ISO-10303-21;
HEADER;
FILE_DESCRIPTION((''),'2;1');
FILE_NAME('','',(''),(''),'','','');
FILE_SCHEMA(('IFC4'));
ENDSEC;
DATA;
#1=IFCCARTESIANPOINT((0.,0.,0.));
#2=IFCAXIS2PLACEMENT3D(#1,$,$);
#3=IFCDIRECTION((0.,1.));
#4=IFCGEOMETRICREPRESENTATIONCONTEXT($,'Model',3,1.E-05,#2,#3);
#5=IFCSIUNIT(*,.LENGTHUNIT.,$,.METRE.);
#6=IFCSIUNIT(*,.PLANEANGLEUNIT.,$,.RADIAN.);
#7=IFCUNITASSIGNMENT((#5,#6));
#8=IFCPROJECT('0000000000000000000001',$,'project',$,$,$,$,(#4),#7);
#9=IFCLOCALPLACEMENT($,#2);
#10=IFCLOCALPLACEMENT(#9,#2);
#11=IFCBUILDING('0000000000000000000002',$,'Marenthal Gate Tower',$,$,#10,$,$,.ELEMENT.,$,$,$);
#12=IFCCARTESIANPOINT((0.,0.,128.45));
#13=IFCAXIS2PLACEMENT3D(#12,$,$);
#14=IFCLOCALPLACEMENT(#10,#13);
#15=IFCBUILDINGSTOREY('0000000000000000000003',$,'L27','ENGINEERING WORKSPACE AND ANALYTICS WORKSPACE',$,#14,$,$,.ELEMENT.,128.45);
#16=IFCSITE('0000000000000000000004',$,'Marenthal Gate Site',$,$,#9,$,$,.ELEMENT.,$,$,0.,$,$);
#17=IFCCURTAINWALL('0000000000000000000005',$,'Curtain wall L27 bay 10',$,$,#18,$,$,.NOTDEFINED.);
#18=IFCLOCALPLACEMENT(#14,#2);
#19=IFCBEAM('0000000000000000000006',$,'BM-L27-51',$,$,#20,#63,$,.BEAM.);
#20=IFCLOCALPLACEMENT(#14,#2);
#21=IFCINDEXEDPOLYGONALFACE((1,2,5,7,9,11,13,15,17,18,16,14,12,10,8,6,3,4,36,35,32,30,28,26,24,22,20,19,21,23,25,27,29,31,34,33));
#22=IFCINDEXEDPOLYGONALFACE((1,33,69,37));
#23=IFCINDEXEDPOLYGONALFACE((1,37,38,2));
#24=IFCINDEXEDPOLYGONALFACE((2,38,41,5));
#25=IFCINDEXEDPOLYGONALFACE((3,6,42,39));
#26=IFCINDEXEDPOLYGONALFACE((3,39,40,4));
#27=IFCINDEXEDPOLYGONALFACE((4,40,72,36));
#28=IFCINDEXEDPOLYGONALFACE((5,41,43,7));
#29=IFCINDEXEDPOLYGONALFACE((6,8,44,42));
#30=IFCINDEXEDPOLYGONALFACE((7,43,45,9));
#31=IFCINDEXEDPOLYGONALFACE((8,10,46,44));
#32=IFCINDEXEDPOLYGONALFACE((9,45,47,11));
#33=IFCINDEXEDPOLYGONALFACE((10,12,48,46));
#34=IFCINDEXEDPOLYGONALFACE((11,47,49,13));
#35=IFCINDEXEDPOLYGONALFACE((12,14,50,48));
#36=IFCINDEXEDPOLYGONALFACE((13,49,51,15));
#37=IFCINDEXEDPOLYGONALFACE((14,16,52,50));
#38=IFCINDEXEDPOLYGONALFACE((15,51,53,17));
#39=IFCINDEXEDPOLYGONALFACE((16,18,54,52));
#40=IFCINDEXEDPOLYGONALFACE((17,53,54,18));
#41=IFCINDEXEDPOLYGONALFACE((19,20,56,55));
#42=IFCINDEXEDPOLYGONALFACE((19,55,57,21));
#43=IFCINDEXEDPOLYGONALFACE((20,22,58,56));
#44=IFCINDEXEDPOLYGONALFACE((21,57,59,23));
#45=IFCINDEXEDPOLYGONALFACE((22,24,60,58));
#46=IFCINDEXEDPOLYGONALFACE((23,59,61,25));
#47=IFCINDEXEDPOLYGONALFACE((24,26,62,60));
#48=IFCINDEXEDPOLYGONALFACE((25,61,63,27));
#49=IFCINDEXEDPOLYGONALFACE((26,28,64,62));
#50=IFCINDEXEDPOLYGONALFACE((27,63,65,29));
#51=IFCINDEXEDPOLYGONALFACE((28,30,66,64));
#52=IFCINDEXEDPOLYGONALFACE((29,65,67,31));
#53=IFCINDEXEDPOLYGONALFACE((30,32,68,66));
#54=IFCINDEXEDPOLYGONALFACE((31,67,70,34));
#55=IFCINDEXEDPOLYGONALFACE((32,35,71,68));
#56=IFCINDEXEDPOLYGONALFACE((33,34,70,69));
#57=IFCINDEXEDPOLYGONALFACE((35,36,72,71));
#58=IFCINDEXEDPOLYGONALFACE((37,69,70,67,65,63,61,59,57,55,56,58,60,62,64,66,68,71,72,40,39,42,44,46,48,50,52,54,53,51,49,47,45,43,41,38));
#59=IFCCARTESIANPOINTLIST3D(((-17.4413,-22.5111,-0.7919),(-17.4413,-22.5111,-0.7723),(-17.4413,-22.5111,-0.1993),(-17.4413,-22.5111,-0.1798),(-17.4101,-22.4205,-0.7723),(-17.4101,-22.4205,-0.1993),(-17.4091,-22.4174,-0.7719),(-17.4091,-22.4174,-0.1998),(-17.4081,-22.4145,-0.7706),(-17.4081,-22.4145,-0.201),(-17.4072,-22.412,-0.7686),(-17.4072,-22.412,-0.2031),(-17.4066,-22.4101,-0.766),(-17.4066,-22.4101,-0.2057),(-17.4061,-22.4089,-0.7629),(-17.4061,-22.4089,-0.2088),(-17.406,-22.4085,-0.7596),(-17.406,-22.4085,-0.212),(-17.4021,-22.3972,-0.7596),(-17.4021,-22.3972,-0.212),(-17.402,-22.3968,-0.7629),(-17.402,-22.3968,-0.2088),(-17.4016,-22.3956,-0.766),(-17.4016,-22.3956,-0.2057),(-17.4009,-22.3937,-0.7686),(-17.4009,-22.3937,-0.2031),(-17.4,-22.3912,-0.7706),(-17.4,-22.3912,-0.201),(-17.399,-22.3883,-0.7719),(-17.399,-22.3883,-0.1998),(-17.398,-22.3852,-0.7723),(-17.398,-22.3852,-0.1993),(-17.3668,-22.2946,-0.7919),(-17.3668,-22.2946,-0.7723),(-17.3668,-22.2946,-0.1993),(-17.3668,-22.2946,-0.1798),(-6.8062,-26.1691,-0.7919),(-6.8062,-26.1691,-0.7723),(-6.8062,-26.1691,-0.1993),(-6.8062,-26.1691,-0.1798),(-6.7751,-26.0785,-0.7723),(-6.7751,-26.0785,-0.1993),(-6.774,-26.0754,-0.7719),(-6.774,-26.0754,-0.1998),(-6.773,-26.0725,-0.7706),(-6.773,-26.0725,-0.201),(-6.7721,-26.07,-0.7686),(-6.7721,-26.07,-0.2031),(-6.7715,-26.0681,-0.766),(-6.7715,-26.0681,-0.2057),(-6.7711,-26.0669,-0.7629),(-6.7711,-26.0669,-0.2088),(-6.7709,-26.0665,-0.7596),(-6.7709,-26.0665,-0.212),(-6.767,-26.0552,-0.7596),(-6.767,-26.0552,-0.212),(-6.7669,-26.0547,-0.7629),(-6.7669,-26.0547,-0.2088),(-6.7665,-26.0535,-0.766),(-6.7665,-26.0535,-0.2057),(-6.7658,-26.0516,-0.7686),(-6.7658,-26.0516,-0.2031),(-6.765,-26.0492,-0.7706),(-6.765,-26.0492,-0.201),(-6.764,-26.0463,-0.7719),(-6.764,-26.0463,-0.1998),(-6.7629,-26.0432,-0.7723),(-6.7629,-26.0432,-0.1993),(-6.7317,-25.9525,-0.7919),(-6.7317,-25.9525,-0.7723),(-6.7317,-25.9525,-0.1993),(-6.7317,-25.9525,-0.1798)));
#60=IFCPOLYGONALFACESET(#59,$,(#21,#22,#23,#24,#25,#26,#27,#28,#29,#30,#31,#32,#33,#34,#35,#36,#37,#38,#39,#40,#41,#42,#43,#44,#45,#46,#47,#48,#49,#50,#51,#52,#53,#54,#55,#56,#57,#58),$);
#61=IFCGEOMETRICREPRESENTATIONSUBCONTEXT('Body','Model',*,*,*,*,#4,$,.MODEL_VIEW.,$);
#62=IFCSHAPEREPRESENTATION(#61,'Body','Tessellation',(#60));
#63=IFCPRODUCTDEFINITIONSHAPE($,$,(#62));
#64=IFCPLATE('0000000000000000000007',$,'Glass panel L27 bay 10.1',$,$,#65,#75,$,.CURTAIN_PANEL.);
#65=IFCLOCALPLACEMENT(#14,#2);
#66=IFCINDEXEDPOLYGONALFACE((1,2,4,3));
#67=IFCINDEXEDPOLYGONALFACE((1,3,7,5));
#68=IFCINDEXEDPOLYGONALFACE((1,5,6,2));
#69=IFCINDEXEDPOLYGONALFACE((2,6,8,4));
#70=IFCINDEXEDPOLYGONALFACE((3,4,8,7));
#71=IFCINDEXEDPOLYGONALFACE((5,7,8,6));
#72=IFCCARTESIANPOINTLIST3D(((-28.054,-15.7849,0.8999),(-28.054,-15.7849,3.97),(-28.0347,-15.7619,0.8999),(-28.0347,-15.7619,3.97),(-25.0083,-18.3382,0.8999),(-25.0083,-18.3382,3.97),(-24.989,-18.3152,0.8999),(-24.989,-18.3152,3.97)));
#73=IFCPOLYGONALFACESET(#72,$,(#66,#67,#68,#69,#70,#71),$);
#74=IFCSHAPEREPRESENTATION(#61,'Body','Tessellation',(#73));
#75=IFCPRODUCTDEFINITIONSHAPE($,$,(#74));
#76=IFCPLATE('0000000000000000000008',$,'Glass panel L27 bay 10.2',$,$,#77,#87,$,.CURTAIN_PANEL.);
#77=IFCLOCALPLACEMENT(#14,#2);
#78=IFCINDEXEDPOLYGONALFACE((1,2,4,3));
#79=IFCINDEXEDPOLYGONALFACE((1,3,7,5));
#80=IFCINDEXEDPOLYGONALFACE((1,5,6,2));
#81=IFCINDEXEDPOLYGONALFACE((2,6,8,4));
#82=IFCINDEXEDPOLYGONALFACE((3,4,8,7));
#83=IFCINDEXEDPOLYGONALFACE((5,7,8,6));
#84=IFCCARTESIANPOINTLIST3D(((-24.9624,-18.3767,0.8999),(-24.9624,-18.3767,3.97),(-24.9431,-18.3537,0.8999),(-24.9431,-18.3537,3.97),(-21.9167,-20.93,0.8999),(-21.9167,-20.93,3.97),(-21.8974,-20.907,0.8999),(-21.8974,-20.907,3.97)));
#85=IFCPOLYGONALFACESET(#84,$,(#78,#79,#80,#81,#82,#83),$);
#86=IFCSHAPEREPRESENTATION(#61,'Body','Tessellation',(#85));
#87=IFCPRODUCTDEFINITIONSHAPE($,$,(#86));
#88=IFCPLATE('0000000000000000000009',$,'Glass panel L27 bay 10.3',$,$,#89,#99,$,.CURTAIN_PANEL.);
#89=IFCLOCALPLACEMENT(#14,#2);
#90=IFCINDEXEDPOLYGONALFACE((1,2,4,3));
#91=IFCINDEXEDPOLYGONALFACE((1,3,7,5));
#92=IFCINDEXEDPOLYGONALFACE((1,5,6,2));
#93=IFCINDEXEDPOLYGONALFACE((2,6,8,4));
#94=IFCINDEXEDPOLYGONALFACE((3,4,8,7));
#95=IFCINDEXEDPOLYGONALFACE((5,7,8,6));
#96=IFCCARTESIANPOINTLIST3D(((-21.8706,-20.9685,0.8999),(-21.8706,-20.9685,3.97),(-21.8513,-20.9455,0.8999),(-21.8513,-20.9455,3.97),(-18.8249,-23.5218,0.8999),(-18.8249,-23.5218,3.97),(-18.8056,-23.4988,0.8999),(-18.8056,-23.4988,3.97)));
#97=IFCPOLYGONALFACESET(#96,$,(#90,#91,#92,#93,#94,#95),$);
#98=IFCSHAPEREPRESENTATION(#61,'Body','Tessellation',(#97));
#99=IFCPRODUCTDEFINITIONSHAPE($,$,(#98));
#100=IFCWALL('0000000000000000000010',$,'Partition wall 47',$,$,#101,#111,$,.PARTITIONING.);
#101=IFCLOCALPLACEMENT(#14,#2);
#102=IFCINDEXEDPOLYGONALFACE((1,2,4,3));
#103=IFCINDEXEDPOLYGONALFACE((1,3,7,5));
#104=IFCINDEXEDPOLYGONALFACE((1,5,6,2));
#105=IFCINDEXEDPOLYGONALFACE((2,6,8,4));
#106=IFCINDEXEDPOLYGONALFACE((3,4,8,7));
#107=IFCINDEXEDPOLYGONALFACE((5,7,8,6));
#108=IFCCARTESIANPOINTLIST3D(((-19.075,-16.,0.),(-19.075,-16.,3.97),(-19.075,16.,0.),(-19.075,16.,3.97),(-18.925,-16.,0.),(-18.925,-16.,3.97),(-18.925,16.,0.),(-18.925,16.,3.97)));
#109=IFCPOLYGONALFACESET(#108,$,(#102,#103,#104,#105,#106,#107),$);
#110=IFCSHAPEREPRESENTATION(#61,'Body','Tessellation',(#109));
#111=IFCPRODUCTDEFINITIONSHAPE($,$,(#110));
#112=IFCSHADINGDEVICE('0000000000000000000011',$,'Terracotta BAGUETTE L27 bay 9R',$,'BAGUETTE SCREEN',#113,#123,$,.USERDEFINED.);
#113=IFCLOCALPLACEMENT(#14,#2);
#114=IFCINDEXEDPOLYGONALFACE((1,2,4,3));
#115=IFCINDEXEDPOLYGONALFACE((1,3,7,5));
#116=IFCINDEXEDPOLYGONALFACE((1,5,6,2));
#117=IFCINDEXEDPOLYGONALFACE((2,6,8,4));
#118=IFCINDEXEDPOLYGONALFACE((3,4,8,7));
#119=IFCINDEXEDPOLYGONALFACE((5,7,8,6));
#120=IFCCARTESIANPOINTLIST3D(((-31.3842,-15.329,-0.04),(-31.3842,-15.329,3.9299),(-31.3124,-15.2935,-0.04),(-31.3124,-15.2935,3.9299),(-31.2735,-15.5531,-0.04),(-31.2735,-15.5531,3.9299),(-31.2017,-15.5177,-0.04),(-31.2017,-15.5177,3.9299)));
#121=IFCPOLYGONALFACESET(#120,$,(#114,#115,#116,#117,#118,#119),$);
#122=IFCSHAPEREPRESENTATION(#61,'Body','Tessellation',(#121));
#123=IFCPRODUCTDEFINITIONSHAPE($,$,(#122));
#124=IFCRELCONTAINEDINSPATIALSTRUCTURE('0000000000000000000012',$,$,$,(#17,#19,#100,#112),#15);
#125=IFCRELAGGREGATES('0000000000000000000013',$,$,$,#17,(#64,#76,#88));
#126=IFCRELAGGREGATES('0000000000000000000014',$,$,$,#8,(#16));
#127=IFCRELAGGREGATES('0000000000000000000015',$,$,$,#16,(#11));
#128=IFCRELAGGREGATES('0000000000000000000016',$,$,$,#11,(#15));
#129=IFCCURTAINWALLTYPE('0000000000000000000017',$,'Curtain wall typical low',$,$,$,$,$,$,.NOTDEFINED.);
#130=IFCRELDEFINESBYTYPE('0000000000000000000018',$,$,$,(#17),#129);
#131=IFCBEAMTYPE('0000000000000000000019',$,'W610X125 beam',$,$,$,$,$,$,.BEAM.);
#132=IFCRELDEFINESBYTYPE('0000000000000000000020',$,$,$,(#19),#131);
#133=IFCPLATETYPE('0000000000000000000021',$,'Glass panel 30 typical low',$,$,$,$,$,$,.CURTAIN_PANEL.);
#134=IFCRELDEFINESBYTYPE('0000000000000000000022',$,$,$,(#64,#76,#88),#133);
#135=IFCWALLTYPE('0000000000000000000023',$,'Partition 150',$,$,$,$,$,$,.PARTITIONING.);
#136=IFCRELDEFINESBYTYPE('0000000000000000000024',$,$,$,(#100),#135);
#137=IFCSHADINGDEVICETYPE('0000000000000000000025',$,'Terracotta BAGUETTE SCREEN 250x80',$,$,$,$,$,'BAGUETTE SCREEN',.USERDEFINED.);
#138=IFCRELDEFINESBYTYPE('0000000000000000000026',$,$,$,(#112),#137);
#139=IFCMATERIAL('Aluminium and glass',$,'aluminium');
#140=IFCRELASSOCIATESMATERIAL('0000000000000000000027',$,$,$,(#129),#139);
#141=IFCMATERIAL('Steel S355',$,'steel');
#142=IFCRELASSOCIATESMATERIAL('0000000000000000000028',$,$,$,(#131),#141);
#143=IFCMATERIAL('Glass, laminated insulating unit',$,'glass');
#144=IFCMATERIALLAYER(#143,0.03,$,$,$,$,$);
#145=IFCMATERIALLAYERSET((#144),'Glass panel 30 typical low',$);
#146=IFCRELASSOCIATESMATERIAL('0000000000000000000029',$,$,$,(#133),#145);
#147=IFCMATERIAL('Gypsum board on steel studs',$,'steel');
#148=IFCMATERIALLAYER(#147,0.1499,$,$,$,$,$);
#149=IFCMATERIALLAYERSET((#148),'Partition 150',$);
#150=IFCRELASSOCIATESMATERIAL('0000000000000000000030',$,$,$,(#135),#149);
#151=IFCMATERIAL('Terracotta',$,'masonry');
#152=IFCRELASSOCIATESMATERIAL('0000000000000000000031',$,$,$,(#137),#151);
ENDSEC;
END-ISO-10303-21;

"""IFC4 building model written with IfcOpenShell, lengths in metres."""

from ifc_helpers import new_model, si_unit, direction, frame, frame_2d, origin, origin_2d, place, context, subcontext, project, spatial, rectangle, i_section, extrude, material, layer, layer_set, material_profile, profile_set, type_object, element, aggregate, save


model = new_model("IFC4")

# Units and contexts
model_context = context("Model", 3, precision=1e-05, world=origin(), true_north=direction((0.0, 1.0)))
body_context = subcontext(model_context, "Body", "Model", "MODEL_VIEW")
ifc_project = project(units=[si_unit("LENGTHUNIT", "METRE"), si_unit("PLANEANGLEUNIT", "RADIAN")], contexts=[model_context])

# Site, building, storey
site_placement = place(None, origin())
site = spatial("IfcSite", under=ifc_project, at=site_placement, Name="Marenthal Gate Site", CompositionType="ELEMENT", RefElevation=0.0)
building_placement = place(site_placement, origin())
building = spatial("IfcBuilding", under=site, at=building_placement, Name="Marenthal Gate Tower", CompositionType="ELEMENT")
storey_placement = place(building_placement, frame((0.0, 0.0, 128.45)))
storey = spatial("IfcBuildingStorey", under=building, at=storey_placement, Name="L27", Description="ENGINEERING WORKSPACE AND ANALYTICS WORKSPACE", CompositionType="ELEMENT", Elevation=128.45)

# Curtain wall
ifc_material_1 = material(Name="Aluminium and glass", Category="aluminium")
curtain_wall_type = type_object("IfcCurtainWallType", Name="Curtain wall typical low", PredefinedType="NOTDEFINED", material=ifc_material_1)
curtain_wall_placement = place(storey_placement, origin())
curtain_wall = element("IfcCurtainWall", 1, at=curtain_wall_placement, inside=storey, type_object=curtain_wall_type, Name="Curtain wall L27 bay 10", PredefinedType="NOTDEFINED")

# Beam
ifc_material_2 = material(Name="Steel S355", Category="steel")
ifc_material_profile_1 = material_profile(ifc_material_2, i_section(OverallWidth=0.229, OverallDepth=0.6121, WebThickness=0.012, FlangeThickness=0.0195, FilletRadius=0.0127, at=origin_2d()), Name="W610X125")
ifc_profile_set_1 = profile_set([ifc_material_profile_1], Name="Steel S355")
beam_type_1 = type_object("IfcBeamType", Name="W610X125 beam", PredefinedType="BEAM", material=ifc_profile_set_1)
beam_1_placement = place(storey_placement, frame((-17.4041, -22.4028, -0.4858), z_axis=(0.945627, -0.325253, 0.0), x_axis=(0.325253, 0.945627, 0.0)))
element("IfcBeam", 2, at=beam_1_placement, inside=storey, type_object=beam_type_1, Name="BM-L27-51", PredefinedType="BEAM", context=body_context, shape_type="SweptSolid", body=[
    extrude(i_section(OverallWidth=0.229, OverallDepth=0.6121, WebThickness=0.012, FlangeThickness=0.0195, FilletRadius=0.0127, at=origin_2d()), origin(), (0.0, 0.0, 1.0), 11.2466),
])

# Plates
ifc_material_3 = material(Name="Glass, laminated insulating unit", Category="glass")
ifc_layer_1 = layer(ifc_material_3, 0.03)
ifc_layer_set_1 = layer_set([ifc_layer_1], Name="Glass panel 30 typical low")
plate_type = type_object("IfcPlateType", Name="Glass panel 30 typical low", PredefinedType="CURTAIN_PANEL", material=ifc_layer_set_1)
plate_1_placement = place(storey_placement, frame((-26.5215, -17.05, 0.8999), z_axis=(0.0, 0.0, 1.0), x_axis=(0.766338, -0.642438, 0.0)))
plate_1 = element("IfcPlate", 3, at=plate_1_placement, type_object=plate_type, Name="Glass panel L27 bay 10.1", PredefinedType="CURTAIN_PANEL", context=body_context, shape_type="SweptSolid", body=[
    extrude(rectangle(XDim=3.9744, YDim=0.03, at=origin_2d()), origin(), (0.0, 0.0, 1.0), 3.0701),
])
plate_2_placement = place(storey_placement, frame((-23.4299, -19.6418, 0.8999), z_axis=(0.0, 0.0, 1.0), x_axis=(0.766338, -0.642438, 0.0)))
plate_2 = element("IfcPlate", 4, at=plate_2_placement, type_object=plate_type, Name="Glass panel L27 bay 10.2", PredefinedType="CURTAIN_PANEL", context=body_context, shape_type="SweptSolid", body=[
    extrude(rectangle(XDim=3.9744, YDim=0.03, at=origin_2d()), origin(), (0.0, 0.0, 1.0), 3.0701),
])
plate_3_placement = place(storey_placement, frame((-20.3381, -22.2336, 0.8999), z_axis=(0.0, 0.0, 1.0), x_axis=(0.766338, -0.642438, 0.0)))
plate_3 = element("IfcPlate", 5, at=plate_3_placement, type_object=plate_type, Name="Glass panel L27 bay 10.3", PredefinedType="CURTAIN_PANEL", context=body_context, shape_type="SweptSolid", body=[
    extrude(rectangle(XDim=3.9744, YDim=0.03, at=origin_2d()), origin(), (0.0, 0.0, 1.0), 3.0701),
])
aggregate(curtain_wall, [plate_1, plate_2, plate_3])

# Wall
ifc_material_4 = material(Name="Gypsum board on steel studs", Category="steel")
ifc_layer_2 = layer(ifc_material_4, 0.1499)
ifc_layer_set_2 = layer_set([ifc_layer_2], Name="Partition 150")
wall_type_1 = type_object("IfcWallType", Name="Partition 150", PredefinedType="PARTITIONING", material=ifc_layer_set_2)
wall_1_placement = place(storey_placement, frame((-19.0, -16.0, 0.0), z_axis=(0.0, 0.0, 1.0), x_axis=(0.0, 1.0, 0.0)))
element("IfcWall", 6, at=wall_1_placement, inside=storey, type_object=wall_type_1, Name="Partition wall 47", PredefinedType="PARTITIONING", context=body_context, shape_type="SweptSolid", body=[
    extrude(rectangle(XDim=32.0, YDim=0.1499, at=frame_2d((16.0, 0.0))), origin(), (0.0, 0.0, 1.0), 3.97),
])

# Shading device
ifc_material_5 = material(Name="Terracotta", Category="masonry")
ifc_material_profile_2 = material_profile(ifc_material_5, rectangle(XDim=0.25, YDim=0.0801, at=origin_2d()), Name="Terracotta baguette 250x80")
ifc_profile_set_2 = profile_set([ifc_material_profile_2], Name="Terracotta")
shading_device_type = type_object("IfcShadingDeviceType", Name="Terracotta BAGUETTE SCREEN 250x80", ElementType="BAGUETTE SCREEN", PredefinedType="USERDEFINED", material=ifc_profile_set_2)
shading_device_placement = place(storey_placement, frame((-31.293, -15.4233, -0.04), z_axis=(0.0, 0.0, 1.0), x_axis=(0.442658, -0.896691, 0.0)))
element("IfcShadingDevice", 7, at=shading_device_placement, inside=storey, type_object=shading_device_type, Name="Terracotta BAGUETTE L27 bay 9R", ObjectType="BAGUETTE SCREEN", PredefinedType="USERDEFINED", context=body_context, shape_type="SweptSolid", body=[
    extrude(rectangle(XDim=0.25, YDim=0.0801, at=origin_2d()), origin(), (0.0, 0.0, 1.0), 3.97),
])

save(model, "model.ifc")
